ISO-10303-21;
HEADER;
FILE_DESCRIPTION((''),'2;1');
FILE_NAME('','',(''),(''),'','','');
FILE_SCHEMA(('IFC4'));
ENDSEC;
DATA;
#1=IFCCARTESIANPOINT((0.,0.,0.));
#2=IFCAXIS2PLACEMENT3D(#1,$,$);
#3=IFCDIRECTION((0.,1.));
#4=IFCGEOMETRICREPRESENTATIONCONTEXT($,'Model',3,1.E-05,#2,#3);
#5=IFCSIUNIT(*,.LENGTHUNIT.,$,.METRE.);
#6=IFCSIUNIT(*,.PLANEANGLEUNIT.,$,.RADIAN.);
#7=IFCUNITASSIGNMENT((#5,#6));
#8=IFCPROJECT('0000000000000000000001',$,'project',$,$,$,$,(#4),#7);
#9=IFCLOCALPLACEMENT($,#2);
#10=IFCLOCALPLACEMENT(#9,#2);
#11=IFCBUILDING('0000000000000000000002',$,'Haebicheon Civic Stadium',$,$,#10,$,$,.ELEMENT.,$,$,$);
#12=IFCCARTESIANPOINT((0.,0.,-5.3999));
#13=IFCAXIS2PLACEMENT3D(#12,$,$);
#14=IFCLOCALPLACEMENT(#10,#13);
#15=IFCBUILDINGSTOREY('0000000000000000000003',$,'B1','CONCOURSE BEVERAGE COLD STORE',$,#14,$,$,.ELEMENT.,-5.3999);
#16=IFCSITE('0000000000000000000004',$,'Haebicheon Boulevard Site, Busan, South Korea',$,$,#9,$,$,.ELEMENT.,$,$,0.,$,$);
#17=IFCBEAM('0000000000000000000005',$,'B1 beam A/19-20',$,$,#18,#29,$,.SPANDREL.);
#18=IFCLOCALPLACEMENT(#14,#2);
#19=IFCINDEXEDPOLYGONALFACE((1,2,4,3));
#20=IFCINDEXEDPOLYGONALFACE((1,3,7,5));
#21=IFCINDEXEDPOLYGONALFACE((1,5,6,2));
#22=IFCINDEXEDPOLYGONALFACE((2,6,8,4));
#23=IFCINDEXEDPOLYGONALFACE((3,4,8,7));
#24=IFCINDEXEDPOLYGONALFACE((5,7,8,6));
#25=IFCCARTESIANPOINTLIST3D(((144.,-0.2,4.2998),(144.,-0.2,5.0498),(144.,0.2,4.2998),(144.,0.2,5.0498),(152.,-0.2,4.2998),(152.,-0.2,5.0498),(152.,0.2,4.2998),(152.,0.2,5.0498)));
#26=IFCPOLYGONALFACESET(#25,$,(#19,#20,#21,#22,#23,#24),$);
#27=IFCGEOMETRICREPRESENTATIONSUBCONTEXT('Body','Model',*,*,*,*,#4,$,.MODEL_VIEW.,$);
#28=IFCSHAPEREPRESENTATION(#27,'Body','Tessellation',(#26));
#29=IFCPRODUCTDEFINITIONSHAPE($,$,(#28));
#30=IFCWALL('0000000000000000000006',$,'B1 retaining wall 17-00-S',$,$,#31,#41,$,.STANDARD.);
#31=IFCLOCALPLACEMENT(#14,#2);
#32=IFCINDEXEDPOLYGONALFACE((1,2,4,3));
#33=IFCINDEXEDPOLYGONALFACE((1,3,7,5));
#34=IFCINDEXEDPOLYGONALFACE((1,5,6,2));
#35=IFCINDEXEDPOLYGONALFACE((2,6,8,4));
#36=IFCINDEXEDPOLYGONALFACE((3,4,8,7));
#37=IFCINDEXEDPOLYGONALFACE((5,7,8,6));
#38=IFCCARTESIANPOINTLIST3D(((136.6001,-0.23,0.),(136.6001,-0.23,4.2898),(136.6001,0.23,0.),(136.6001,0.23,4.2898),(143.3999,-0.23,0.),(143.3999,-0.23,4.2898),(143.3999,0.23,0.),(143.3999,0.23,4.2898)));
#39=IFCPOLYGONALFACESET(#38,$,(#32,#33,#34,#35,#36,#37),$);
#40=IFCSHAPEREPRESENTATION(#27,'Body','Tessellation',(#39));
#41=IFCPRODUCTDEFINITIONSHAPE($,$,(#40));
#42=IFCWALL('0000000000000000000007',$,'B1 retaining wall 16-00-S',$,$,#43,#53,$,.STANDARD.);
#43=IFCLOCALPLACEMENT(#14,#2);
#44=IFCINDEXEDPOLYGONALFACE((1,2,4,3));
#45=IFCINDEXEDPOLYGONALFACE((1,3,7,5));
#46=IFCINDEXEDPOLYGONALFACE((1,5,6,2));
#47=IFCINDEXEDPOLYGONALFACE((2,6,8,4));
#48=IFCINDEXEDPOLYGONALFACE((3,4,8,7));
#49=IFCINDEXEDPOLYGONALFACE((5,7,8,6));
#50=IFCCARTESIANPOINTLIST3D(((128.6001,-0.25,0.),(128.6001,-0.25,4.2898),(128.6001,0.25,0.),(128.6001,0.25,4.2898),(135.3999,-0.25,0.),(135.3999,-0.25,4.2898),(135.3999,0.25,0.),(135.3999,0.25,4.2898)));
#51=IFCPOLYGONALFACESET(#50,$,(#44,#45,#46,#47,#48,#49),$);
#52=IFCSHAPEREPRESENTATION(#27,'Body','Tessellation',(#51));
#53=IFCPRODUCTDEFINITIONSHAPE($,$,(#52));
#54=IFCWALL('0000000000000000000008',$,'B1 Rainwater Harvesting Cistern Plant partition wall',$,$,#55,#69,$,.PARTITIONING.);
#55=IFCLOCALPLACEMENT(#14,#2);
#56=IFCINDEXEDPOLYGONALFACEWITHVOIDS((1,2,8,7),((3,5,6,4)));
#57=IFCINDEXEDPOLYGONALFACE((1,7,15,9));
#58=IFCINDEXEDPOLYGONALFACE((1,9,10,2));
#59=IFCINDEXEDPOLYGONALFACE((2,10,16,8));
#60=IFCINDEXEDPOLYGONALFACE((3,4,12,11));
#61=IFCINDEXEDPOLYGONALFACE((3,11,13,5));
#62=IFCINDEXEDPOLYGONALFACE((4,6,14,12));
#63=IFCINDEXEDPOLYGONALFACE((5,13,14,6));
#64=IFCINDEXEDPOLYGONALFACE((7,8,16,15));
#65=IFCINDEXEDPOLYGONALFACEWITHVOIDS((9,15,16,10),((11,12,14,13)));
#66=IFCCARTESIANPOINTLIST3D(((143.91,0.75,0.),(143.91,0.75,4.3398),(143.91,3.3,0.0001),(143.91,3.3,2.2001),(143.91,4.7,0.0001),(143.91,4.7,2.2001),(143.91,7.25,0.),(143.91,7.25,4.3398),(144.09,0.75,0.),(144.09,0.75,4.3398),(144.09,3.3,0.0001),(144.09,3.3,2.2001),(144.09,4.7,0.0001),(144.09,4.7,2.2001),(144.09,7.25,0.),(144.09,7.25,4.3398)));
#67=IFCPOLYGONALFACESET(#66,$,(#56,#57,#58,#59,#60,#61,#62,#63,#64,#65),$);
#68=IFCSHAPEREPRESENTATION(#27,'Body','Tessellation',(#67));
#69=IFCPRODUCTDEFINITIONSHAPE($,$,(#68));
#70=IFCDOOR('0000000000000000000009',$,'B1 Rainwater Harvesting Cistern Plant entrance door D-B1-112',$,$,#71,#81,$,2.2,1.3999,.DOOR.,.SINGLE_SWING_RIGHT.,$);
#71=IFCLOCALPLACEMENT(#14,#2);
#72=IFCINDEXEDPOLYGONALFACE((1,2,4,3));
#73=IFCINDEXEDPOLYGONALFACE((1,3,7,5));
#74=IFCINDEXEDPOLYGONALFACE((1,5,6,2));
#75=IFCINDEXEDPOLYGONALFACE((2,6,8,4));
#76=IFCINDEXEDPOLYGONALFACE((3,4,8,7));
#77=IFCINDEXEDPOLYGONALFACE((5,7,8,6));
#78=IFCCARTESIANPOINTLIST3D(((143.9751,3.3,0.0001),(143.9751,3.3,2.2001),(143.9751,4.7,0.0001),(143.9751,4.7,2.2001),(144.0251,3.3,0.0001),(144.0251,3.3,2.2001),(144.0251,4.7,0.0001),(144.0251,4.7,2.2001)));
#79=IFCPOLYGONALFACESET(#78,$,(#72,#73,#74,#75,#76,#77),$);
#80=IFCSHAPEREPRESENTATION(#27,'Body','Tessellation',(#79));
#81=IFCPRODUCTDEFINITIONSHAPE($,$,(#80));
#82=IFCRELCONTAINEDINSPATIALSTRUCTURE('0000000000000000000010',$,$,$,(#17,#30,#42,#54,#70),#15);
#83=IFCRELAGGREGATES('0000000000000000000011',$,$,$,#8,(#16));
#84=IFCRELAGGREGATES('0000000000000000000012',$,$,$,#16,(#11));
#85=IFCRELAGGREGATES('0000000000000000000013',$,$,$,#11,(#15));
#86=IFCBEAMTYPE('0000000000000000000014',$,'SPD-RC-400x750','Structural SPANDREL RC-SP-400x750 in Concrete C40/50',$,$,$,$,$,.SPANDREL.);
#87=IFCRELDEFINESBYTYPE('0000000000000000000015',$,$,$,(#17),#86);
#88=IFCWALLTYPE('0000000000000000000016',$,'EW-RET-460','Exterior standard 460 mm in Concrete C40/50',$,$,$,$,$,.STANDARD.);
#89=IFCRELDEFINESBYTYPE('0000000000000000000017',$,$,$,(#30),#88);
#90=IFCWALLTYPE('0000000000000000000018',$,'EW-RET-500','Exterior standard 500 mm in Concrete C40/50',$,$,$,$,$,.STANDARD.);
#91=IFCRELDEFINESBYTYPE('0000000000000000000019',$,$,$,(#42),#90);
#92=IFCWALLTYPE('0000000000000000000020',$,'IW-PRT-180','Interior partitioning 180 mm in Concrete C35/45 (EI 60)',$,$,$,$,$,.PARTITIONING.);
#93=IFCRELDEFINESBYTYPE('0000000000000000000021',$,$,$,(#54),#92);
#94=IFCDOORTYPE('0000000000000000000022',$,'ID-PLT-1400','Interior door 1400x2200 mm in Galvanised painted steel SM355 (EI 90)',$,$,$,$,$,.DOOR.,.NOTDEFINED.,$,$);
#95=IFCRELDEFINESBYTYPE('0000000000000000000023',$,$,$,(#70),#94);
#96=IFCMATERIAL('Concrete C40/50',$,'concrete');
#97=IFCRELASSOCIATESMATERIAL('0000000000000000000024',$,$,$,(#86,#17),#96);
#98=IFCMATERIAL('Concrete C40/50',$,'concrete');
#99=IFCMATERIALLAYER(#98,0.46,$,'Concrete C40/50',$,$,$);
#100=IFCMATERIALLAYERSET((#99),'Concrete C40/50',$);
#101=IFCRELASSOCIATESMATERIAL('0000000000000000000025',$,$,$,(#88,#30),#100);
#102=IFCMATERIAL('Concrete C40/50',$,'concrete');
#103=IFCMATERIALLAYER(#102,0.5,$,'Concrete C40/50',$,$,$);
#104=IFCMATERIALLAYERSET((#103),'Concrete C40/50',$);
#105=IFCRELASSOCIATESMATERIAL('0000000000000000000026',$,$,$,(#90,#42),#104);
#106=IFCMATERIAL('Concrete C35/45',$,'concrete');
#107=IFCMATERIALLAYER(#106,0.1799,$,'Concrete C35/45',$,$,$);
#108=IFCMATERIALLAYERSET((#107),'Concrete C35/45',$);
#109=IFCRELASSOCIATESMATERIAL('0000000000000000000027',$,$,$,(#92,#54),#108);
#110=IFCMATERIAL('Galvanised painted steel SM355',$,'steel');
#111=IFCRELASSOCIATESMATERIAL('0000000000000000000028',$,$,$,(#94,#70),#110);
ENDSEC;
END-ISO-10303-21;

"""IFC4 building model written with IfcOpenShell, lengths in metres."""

from ifc_helpers import new_model, si_unit, direction, frame, frame_2d, origin, origin_2d, place, context, subcontext, project, spatial, rectangle, extrude, material, layer, layer_set, material_profile, profile_set, type_object, element, fill, save


model = new_model("IFC4")

# Units and contexts
model_context = context("Model", 3, precision=1e-05, world=origin(), true_north=direction((0.0, 1.0)))
body_context = subcontext(model_context, "Body", "Model", "MODEL_VIEW")
ifc_project = project(units=[si_unit("LENGTHUNIT", "METRE"), si_unit("PLANEANGLEUNIT", "RADIAN")], contexts=[model_context])

# Site, building, storey
site_placement = place(None, origin())
site = spatial("IfcSite", under=ifc_project, at=site_placement, Name="Haebicheon Boulevard Site, Busan, South Korea", CompositionType="ELEMENT", RefElevation=0.0)
building_placement = place(site_placement, origin())
building = spatial("IfcBuilding", under=site, at=building_placement, Name="Haebicheon Civic Stadium", CompositionType="ELEMENT")
storey_placement = place(building_placement, frame((0.0, 0.0, -5.3999)))
storey = spatial("IfcBuildingStorey", under=building, at=storey_placement, Name="B1", Description="CONCOURSE BEVERAGE COLD STORE", CompositionType="ELEMENT", Elevation=-5.3999)

# Beam
ifc_material_1 = material(Name="Concrete C40/50", Category="concrete")
ifc_material_profile_1 = material_profile(ifc_material_1, rectangle(XDim=0.3999, YDim=0.75, at=origin_2d()), Name="RC-SP-400x750")
ifc_profile_set_1 = profile_set([ifc_material_profile_1], Name="Concrete C40/50")
beam_type_1 = type_object("IfcBeamType", Name="SPD-RC-400x750", Description="Structural SPANDREL RC-SP-400x750 in Concrete C40/50", PredefinedType="SPANDREL", material=ifc_profile_set_1)
for number, where, z_axis, x_axis, name in (
    (1, (144.0, 0.0, 4.6748), (1.0, 0.0, 0.0), (0.0, 1.0, 0.0), "B1 beam A/19-20"),
):
    element("IfcBeam", number, at=place(storey_placement, frame(where, z_axis=z_axis, x_axis=x_axis)), inside=storey, type_object=beam_type_1, material=ifc_profile_set_1, Name=name, PredefinedType="SPANDREL", context=body_context, shape_type="SweptSolid", body=[
        extrude(rectangle(XDim=0.3999, YDim=0.75, at=origin_2d()), origin(), (0.0, 0.0, 1.0), 8.0),
    ])

# Walls
ifc_material_2 = material(Name="Concrete C40/50", Category="concrete")
ifc_layer_1 = layer(ifc_material_2, 0.46, Name="Concrete C40/50")
ifc_layer_set_1 = layer_set([ifc_layer_1], Name="Concrete C40/50")
wall_type_1 = type_object("IfcWallType", Name="EW-RET-460", Description="Exterior standard 460 mm in Concrete C40/50", PredefinedType="STANDARD", material=ifc_layer_set_1)
wall_1_placement = place(storey_placement, frame((136.6001, 0.0, 0.0), z_axis=(0.0, 0.0, 1.0), x_axis=(1.0, 0.0, 0.0)))
element("IfcWall", 2, at=wall_1_placement, inside=storey, type_object=wall_type_1, material=ifc_layer_set_1, Name="B1 retaining wall 17-00-S", PredefinedType="STANDARD", context=body_context, shape_type="SweptSolid", body=[
    extrude(rectangle(XDim=6.7998, YDim=0.46, at=frame_2d((3.3999, 0.0))), origin(), (0.0, 0.0, 1.0), 4.2898),
])
ifc_material_3 = material(Name="Concrete C40/50", Category="concrete")
ifc_layer_2 = layer(ifc_material_3, 0.5, Name="Concrete C40/50")
ifc_layer_set_2 = layer_set([ifc_layer_2], Name="Concrete C40/50")
wall_type_2 = type_object("IfcWallType", Name="EW-RET-500", Description="Exterior standard 500 mm in Concrete C40/50", PredefinedType="STANDARD", material=ifc_layer_set_2)
wall_2_placement = place(storey_placement, frame((128.6001, 0.0, 0.0), z_axis=(0.0, 0.0, 1.0), x_axis=(1.0, 0.0, 0.0)))
element("IfcWall", 3, at=wall_2_placement, inside=storey, type_object=wall_type_2, material=ifc_layer_set_2, Name="B1 retaining wall 16-00-S", PredefinedType="STANDARD", context=body_context, shape_type="SweptSolid", body=[
    extrude(rectangle(XDim=6.7998, YDim=0.5, at=frame_2d((3.3999, 0.0))), origin(), (0.0, 0.0, 1.0), 4.2898),
])

# Wall, opening, door
ifc_material_4 = material(Name="Concrete C35/45", Category="concrete")
ifc_layer_3 = layer(ifc_material_4, 0.1799, Name="Concrete C35/45")
ifc_layer_set_3 = layer_set([ifc_layer_3], Name="Concrete C35/45")
wall_type_3 = type_object("IfcWallType", Name="IW-PRT-180", Description="Interior partitioning 180 mm in Concrete C35/45 (EI 60)", PredefinedType="PARTITIONING", material=ifc_layer_set_3)
wall_3_placement = place(storey_placement, frame((144.0, 0.75, 0.0), z_axis=(0.0, 0.0, 1.0), x_axis=(0.0, 1.0, 0.0)))
wall_3 = element("IfcWall", 4, at=wall_3_placement, inside=storey, type_object=wall_type_3, material=ifc_layer_set_3, Name="B1 Rainwater Harvesting Cistern Plant partition wall", PredefinedType="PARTITIONING", context=body_context, shape_type="SweptSolid", body=[
    extrude(rectangle(XDim=6.5, YDim=0.1799, at=frame_2d((3.25, 0.0))), origin(), (0.0, 0.0, 1.0), 4.3398),
])
opening_placement = place(wall_3_placement, frame((2.55, 0.0, 0.0)))
opening = element("IfcOpeningElement", 5, at=opening_placement, cuts=wall_3, PredefinedType="OPENING", context=body_context, shape_type="SweptSolid", body=[
    extrude(rectangle(XDim=1.3999, YDim=2.2, at=frame_2d((0.7, 1.1001))), frame((0.0, 0.0999, 0.0), z_axis=(0.0, -1.0, 0.0), x_axis=(1.0, 0.0, 0.0)), (0.0, 0.0, 1.0), 0.2),
])
ifc_material_5 = material(Name="Galvanised painted steel SM355", Category="steel")
door_type = type_object("IfcDoorType", Name="ID-PLT-1400", Description="Interior door 1400x2200 mm in Galvanised painted steel SM355 (EI 90)", OperationType="NOTDEFINED", PredefinedType="DOOR", material=ifc_material_5)
door_placement = place(opening_placement, origin())
door = element("IfcDoor", 6, at=door_placement, inside=storey, type_object=door_type, material=ifc_material_5, Name="B1 Rainwater Harvesting Cistern Plant entrance door D-B1-112", OperationType="SINGLE_SWING_RIGHT", OverallHeight=2.2, OverallWidth=1.3999, PredefinedType="DOOR", context=body_context, shape_type="SweptSolid", body=[
    extrude(rectangle(XDim=1.3999, YDim=2.2, at=frame_2d((0.7, 1.1001))), frame((0.0, 0.0249, 0.0), z_axis=(0.0, -1.0, 0.0), x_axis=(1.0, 0.0, 0.0)), (0.0, 0.0, 1.0), 0.05),
])
fill(opening, door)

save(model, "model.ifc")
